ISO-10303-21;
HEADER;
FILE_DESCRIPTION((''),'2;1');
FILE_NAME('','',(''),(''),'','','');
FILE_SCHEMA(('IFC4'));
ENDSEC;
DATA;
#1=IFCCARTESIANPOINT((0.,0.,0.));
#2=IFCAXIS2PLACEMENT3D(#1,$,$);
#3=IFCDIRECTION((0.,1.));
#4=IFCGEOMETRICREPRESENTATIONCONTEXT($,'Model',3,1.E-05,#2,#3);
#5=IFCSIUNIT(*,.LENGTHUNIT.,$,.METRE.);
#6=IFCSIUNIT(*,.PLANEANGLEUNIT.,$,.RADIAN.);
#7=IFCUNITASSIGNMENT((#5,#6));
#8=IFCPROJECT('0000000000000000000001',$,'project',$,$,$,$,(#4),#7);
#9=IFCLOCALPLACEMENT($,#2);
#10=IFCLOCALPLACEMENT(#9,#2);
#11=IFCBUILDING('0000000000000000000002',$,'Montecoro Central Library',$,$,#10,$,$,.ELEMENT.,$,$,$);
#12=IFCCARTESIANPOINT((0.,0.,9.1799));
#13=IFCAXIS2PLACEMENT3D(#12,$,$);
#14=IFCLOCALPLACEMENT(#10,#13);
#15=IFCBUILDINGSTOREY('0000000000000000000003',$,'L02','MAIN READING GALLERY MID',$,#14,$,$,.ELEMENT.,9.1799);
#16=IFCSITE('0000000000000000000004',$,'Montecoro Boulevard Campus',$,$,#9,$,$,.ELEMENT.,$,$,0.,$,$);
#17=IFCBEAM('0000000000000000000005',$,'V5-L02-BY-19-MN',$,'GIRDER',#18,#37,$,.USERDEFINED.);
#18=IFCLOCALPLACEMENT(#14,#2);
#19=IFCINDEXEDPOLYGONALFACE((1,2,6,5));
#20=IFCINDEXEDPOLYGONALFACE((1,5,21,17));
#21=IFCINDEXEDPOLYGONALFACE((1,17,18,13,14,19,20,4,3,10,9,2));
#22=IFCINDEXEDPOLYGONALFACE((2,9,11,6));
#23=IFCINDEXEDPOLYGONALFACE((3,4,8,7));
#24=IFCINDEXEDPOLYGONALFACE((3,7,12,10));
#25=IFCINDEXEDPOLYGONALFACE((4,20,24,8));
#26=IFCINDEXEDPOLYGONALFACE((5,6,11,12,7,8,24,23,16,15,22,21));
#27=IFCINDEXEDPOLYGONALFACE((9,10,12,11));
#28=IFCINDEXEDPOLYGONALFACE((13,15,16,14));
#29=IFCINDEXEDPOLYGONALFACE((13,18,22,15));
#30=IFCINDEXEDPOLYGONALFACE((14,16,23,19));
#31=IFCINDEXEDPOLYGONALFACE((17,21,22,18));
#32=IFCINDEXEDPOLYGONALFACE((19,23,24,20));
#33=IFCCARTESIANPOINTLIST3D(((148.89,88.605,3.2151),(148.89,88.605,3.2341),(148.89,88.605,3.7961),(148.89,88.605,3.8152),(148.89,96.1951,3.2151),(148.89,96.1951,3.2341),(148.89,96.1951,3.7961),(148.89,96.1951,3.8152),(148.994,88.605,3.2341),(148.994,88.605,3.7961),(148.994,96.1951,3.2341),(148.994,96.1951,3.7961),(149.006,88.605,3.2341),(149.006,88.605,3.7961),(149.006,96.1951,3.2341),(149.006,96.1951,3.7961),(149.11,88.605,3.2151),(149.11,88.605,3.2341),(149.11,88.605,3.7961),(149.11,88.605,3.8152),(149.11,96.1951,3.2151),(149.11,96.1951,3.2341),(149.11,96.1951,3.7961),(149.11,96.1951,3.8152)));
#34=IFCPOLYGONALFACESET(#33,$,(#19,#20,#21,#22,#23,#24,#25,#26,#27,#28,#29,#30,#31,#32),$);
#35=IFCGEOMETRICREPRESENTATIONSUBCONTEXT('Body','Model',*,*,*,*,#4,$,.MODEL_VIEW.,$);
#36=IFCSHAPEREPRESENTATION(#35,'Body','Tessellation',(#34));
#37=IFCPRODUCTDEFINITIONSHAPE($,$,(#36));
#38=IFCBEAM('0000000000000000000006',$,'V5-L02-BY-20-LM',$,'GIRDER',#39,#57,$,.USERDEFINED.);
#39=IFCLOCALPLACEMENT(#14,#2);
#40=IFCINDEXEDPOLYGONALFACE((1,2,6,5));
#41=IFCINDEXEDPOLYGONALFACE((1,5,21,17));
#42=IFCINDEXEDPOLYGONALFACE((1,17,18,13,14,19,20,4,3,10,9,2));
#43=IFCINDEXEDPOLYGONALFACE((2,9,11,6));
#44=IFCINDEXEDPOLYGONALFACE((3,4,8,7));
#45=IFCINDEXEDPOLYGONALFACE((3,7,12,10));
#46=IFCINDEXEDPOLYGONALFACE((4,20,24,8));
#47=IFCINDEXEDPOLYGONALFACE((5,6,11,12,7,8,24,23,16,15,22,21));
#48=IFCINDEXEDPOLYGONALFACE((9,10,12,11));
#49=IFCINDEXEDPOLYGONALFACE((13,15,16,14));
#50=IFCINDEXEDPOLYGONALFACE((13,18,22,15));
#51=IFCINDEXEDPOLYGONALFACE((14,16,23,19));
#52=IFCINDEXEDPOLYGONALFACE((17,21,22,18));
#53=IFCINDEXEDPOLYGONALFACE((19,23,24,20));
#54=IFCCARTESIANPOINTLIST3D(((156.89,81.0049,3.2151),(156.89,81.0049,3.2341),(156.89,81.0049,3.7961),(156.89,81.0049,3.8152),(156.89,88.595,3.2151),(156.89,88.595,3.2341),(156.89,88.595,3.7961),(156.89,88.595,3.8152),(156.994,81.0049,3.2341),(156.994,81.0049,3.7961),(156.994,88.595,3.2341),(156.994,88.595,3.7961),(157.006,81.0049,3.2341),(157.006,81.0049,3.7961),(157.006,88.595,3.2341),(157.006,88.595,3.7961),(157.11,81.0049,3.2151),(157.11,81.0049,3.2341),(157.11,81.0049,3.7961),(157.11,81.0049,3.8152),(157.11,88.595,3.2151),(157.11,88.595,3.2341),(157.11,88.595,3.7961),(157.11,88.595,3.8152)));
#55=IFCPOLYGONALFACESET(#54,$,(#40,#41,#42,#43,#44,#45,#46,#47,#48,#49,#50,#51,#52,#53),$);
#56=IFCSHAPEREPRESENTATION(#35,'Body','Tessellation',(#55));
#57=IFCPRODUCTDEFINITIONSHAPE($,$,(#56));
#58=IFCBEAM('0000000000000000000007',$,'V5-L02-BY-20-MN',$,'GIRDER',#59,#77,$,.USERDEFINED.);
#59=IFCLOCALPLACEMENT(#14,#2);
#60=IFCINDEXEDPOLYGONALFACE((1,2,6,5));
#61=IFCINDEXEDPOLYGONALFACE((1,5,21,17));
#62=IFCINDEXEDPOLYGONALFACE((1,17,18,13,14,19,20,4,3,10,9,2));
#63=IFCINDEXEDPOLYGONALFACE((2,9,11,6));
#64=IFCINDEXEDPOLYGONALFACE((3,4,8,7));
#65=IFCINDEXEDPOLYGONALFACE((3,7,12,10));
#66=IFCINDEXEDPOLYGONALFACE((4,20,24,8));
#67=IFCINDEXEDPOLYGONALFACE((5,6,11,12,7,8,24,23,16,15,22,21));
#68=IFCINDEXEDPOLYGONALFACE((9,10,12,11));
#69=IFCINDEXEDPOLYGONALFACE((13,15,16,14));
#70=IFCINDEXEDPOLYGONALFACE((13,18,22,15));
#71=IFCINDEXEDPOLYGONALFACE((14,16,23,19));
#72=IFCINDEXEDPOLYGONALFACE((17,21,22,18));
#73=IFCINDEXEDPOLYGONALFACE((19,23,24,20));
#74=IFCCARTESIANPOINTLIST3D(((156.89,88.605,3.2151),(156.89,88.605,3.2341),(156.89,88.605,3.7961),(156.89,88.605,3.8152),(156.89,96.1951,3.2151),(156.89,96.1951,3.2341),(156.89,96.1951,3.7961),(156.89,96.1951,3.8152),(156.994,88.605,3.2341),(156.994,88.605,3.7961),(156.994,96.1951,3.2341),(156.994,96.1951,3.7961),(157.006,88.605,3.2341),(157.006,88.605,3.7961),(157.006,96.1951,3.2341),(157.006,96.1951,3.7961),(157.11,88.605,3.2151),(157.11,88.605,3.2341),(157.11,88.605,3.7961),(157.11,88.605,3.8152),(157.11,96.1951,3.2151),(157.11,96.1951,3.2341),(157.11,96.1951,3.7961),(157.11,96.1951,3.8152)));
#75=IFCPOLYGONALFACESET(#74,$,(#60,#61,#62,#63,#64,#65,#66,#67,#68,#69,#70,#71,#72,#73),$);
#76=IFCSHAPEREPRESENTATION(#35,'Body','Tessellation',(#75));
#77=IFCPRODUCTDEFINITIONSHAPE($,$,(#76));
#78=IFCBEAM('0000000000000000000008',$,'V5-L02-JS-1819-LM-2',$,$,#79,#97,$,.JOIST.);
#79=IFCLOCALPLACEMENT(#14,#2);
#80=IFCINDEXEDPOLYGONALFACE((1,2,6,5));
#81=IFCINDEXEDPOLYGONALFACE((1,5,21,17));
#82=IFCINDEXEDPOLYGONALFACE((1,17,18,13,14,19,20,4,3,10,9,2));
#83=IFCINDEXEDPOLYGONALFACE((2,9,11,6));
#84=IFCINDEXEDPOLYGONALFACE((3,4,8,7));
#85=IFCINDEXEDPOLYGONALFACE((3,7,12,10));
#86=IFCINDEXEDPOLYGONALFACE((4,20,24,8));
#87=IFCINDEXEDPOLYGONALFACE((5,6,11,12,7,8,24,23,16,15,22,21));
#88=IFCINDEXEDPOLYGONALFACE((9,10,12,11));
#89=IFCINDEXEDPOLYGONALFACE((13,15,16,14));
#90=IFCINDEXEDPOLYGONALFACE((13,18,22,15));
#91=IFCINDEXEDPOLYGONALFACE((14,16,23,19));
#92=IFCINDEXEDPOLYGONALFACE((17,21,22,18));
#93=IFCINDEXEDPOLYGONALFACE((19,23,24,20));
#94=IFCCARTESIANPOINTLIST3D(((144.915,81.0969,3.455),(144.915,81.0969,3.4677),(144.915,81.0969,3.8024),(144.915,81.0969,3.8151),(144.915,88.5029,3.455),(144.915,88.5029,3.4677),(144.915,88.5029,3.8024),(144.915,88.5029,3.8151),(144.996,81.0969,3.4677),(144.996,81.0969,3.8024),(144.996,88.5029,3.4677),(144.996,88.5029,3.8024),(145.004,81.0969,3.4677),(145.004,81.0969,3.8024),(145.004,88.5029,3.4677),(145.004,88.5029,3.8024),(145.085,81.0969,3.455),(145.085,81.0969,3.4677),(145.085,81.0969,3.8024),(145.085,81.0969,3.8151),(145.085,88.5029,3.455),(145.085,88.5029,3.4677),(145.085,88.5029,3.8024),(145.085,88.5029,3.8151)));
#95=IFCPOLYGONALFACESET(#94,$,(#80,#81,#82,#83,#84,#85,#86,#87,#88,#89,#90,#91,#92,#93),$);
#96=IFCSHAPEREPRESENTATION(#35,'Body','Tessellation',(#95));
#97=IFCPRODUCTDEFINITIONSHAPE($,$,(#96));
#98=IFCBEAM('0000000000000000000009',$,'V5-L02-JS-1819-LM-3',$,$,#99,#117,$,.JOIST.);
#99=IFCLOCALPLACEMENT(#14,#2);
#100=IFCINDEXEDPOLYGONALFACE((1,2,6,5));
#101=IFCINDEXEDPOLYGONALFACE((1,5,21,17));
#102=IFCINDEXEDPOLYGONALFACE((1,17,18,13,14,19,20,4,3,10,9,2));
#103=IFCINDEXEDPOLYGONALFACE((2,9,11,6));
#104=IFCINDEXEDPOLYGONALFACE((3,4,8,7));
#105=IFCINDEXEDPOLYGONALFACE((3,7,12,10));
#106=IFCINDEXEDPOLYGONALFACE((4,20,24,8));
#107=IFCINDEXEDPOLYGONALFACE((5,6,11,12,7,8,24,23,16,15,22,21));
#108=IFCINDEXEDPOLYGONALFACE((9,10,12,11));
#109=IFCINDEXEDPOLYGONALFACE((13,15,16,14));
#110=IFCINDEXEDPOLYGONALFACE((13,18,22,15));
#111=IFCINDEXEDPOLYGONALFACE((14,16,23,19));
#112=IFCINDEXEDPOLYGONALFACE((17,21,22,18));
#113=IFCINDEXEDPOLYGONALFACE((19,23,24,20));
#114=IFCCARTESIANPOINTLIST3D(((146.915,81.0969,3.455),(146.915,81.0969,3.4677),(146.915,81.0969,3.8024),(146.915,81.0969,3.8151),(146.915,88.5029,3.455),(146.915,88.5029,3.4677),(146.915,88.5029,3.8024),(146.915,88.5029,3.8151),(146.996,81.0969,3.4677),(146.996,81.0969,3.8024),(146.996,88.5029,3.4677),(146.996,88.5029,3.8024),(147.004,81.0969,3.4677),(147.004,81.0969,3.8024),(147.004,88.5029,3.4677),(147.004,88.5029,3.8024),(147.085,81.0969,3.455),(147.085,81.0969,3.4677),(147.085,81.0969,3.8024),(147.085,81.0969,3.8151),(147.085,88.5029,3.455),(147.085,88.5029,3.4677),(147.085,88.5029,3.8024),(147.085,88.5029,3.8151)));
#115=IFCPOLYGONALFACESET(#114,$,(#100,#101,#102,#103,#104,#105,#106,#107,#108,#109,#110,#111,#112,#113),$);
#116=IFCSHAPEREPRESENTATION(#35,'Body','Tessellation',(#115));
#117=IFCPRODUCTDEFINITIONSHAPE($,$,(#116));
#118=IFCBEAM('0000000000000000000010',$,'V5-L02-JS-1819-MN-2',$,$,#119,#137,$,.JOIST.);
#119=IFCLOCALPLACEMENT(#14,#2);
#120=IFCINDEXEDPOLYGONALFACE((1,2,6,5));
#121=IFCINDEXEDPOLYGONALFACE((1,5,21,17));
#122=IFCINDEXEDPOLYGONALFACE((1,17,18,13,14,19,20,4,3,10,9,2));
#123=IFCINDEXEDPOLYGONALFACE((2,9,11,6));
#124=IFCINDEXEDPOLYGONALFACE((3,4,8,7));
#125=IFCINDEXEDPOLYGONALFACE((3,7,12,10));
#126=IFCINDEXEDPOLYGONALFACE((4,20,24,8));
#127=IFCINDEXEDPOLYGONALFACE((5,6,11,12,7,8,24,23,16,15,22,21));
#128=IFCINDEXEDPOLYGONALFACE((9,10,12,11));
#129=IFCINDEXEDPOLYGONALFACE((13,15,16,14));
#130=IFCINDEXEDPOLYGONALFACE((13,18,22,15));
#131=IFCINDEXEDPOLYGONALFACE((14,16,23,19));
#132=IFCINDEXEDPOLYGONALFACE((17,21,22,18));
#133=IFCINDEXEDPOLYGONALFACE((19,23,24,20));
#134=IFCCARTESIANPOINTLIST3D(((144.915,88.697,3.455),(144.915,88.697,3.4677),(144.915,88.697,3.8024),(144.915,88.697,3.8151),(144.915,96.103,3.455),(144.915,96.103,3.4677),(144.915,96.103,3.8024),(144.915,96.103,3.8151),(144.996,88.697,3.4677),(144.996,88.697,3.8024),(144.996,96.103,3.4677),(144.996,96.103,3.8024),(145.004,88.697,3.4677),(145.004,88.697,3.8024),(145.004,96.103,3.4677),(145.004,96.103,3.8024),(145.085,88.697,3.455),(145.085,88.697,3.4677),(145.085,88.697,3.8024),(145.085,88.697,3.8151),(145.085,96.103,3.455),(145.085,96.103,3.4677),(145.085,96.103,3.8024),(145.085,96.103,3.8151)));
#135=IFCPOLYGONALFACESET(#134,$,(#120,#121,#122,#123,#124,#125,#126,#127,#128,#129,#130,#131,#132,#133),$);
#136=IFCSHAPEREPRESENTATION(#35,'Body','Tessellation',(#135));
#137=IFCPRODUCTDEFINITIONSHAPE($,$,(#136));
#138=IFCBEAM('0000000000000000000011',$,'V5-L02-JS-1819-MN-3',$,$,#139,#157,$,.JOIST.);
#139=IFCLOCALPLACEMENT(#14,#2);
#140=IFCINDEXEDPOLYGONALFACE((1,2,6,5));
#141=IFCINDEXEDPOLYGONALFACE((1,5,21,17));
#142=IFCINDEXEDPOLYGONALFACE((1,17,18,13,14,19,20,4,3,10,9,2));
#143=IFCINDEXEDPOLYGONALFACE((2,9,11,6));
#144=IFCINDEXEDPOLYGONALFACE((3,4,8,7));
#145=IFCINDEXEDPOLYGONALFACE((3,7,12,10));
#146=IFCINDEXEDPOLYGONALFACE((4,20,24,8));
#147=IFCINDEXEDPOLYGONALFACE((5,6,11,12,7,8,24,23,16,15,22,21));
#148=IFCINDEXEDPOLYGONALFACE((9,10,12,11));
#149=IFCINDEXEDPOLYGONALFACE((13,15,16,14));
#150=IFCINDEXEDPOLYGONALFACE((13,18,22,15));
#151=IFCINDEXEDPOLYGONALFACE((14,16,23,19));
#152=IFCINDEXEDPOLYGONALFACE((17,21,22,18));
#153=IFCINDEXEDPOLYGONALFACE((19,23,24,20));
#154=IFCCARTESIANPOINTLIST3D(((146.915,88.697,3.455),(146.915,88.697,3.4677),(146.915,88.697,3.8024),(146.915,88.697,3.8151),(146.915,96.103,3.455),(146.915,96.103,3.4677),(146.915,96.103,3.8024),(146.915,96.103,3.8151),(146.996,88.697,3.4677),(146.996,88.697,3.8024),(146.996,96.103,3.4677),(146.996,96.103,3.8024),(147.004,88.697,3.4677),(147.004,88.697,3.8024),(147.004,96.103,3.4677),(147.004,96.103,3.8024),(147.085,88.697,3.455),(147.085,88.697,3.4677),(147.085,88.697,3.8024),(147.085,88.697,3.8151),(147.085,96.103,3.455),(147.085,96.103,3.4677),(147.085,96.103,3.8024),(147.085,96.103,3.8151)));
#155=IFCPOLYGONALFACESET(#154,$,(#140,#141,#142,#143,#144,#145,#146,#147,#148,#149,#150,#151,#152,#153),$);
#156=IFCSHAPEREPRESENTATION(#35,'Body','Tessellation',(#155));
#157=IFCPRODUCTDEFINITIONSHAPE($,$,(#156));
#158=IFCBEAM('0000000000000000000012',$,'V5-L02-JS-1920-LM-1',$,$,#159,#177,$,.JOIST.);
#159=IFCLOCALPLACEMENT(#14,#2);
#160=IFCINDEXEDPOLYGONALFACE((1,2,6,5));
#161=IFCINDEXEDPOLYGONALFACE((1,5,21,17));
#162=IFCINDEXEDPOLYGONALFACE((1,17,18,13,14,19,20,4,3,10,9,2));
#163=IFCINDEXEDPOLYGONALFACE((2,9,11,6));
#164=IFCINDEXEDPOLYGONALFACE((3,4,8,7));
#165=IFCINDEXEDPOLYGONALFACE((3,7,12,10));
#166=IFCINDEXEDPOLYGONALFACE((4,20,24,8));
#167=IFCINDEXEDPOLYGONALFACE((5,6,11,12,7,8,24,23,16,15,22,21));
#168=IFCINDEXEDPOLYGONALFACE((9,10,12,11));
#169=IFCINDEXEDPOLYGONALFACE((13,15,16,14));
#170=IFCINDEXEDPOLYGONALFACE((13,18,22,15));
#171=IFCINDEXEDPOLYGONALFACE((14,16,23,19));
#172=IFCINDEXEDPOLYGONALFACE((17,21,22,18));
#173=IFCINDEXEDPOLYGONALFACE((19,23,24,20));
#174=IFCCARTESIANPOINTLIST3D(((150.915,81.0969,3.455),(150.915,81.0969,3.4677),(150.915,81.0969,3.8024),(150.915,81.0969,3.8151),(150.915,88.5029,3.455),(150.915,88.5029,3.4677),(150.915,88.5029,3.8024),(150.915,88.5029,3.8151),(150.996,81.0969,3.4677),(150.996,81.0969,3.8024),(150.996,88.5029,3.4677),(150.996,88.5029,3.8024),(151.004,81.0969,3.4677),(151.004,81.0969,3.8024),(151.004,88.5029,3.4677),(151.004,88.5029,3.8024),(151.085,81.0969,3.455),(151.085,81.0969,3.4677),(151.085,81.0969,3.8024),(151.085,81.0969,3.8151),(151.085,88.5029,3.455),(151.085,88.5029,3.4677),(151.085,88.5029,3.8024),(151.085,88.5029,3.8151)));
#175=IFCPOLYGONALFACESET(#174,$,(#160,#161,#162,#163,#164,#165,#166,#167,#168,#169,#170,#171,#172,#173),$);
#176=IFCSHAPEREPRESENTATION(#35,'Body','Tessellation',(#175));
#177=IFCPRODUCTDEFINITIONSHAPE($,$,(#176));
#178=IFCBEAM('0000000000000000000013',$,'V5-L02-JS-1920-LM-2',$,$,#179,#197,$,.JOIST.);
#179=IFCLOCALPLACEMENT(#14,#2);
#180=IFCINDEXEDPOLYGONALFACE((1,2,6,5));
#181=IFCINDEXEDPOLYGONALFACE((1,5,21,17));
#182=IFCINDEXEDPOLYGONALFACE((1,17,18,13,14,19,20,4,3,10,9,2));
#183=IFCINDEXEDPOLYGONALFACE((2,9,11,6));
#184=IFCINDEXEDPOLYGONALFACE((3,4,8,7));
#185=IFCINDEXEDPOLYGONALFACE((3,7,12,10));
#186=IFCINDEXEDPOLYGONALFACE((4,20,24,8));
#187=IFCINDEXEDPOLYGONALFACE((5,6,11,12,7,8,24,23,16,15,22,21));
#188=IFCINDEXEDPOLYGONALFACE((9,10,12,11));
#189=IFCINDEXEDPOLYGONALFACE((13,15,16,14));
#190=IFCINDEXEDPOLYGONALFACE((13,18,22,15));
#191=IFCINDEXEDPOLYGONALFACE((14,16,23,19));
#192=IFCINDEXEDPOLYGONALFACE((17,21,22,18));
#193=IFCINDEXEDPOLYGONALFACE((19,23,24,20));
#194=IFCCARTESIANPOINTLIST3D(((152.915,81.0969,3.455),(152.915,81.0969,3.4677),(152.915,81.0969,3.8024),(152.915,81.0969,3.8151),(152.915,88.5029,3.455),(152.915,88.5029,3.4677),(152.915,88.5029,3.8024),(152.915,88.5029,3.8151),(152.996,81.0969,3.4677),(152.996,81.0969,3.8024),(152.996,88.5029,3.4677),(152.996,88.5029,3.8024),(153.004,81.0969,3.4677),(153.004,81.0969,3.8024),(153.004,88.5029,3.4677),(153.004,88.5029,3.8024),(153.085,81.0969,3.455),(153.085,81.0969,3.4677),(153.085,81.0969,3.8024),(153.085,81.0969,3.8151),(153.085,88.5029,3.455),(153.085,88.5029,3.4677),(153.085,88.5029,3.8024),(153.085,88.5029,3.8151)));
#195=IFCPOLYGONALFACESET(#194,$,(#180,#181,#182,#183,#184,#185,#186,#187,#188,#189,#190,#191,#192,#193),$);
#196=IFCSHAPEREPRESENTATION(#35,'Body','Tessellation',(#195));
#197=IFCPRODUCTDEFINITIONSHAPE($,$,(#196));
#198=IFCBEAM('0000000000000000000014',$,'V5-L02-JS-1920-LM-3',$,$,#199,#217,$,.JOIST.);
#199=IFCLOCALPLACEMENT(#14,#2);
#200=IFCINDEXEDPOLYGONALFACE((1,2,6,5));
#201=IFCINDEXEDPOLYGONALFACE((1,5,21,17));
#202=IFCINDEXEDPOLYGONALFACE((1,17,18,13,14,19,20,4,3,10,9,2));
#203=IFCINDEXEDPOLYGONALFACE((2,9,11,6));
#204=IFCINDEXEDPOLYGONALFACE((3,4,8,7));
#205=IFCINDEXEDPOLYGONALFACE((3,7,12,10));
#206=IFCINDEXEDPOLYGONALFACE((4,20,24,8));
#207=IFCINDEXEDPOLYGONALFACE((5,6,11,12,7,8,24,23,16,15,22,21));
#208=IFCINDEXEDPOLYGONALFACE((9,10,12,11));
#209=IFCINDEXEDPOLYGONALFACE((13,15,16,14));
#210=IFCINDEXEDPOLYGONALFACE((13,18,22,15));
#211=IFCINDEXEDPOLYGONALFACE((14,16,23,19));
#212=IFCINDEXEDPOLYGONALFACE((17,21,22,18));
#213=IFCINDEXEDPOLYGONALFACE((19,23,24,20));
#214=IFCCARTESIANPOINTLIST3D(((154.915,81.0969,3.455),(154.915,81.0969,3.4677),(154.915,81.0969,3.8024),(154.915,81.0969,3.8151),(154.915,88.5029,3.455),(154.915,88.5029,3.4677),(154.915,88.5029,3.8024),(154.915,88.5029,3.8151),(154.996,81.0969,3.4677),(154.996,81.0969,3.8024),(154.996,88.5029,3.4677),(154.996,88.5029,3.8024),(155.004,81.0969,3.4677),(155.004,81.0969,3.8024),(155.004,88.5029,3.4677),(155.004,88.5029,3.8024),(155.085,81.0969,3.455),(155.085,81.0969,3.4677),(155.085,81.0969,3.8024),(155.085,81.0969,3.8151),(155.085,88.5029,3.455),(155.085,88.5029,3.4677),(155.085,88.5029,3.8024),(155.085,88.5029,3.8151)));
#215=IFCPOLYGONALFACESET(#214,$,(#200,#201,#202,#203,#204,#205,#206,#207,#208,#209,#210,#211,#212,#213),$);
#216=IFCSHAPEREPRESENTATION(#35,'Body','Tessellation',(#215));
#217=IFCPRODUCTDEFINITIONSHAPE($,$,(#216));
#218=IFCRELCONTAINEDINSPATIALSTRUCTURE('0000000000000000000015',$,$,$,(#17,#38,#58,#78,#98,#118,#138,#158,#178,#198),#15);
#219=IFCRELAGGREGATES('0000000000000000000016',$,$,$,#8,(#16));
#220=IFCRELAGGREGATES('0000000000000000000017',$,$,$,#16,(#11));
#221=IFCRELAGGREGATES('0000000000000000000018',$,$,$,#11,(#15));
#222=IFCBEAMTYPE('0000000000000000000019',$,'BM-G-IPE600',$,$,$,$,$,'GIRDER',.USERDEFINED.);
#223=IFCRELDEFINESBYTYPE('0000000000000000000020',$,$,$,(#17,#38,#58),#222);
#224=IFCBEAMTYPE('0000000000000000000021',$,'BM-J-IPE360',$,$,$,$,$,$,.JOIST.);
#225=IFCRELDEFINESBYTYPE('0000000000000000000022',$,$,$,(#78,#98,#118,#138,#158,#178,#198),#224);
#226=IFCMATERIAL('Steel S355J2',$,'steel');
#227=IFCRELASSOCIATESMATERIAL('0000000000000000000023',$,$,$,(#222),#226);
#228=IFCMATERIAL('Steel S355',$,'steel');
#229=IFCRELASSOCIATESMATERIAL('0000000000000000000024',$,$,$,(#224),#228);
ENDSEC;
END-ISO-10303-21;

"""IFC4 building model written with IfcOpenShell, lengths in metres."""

from ifc_helpers import new_model, si_unit, direction, frame, origin, origin_2d, place, context, subcontext, project, spatial, i_section, extrude, material, material_profile, profile_set, type_object, element, save


model = new_model("IFC4")

# Units and contexts
model_context = context("Model", 3, precision=1e-05, world=origin(), true_north=direction((0.0, 1.0)))
body_context = subcontext(model_context, "Body", "Model", "MODEL_VIEW")
ifc_project = project(units=[si_unit("LENGTHUNIT", "METRE"), si_unit("PLANEANGLEUNIT", "RADIAN")], contexts=[model_context])

# Site, building, storey
site_placement = place(None, origin())
site = spatial("IfcSite", under=ifc_project, at=site_placement, Name="Montecoro Boulevard Campus", CompositionType="ELEMENT", RefElevation=0.0)
building_placement = place(site_placement, origin())
building = spatial("IfcBuilding", under=site, at=building_placement, Name="Montecoro Central Library", CompositionType="ELEMENT")
storey_placement = place(building_placement, frame((0.0, 0.0, 9.1799)))
storey = spatial("IfcBuildingStorey", under=building, at=storey_placement, Name="L02", Description="MAIN READING GALLERY MID", CompositionType="ELEMENT", Elevation=9.1799)

# Shared definitions
ifc_material_1 = material(Name="Steel S355J2", Category="steel")

# Beams
ifc_material_2 = material(Name="Steel S355", Category="steel")
ifc_material_profile_1 = material_profile(ifc_material_1, i_section(OverallWidth=0.22, OverallDepth=0.6001, WebThickness=0.012, FlangeThickness=0.019, at=origin_2d()), Name="IPE 600")
ifc_profile_set_1 = profile_set([ifc_material_profile_1], Name="Steel S355J2")
beam_type_1 = type_object("IfcBeamType", Name="BM-G-IPE600", ElementType="GIRDER", PredefinedType="USERDEFINED", material=ifc_profile_set_1)
for number, where, z_axis, x_axis, name in (
    (1, (149.0, 88.605, 3.5151), (0.0, 1.0, 0.0), (-1.0, 0.0, 0.0), "V5-L02-BY-19-MN"),
    (2, (157.0, 81.0049, 3.5151), (0.0, 1.0, 0.0), (-1.0, 0.0, 0.0), "V5-L02-BY-20-LM"),
    (3, (157.0, 88.605, 3.5151), (0.0, 1.0, 0.0), (-1.0, 0.0, 0.0), "V5-L02-BY-20-MN"),
):
    element("IfcBeam", number, at=place(storey_placement, frame(where, z_axis=z_axis, x_axis=x_axis)), inside=storey, type_object=beam_type_1, Name=name, ObjectType="GIRDER", PredefinedType="USERDEFINED", context=body_context, shape_type="SweptSolid", body=[
        extrude(i_section(OverallWidth=0.22, OverallDepth=0.6001, WebThickness=0.012, FlangeThickness=0.019, at=origin_2d()), origin(), (0.0, 0.0, 1.0), 7.5901),
    ])
ifc_material_profile_2 = material_profile(ifc_material_2, i_section(OverallWidth=0.1699, OverallDepth=0.3601, WebThickness=0.0081, FlangeThickness=0.0127, at=origin_2d()), Name="IPE 360")
ifc_profile_set_2 = profile_set([ifc_material_profile_2], Name="Steel S355")
beam_type_2 = type_object("IfcBeamType", Name="BM-J-IPE360", PredefinedType="JOIST", material=ifc_profile_set_2)
for number, where, z_axis, x_axis, name in (
    (4, (145.0, 81.0969, 3.635), (0.0, 1.0, 0.0), (-1.0, 0.0, 0.0), "V5-L02-JS-1819-LM-2"),
    (5, (147.0, 81.0969, 3.635), (0.0, 1.0, 0.0), (-1.0, 0.0, 0.0), "V5-L02-JS-1819-LM-3"),
    (6, (145.0, 88.697, 3.635), (0.0, 1.0, 0.0), (-1.0, 0.0, 0.0), "V5-L02-JS-1819-MN-2"),
    (7, (147.0, 88.697, 3.635), (0.0, 1.0, 0.0), (-1.0, 0.0, 0.0), "V5-L02-JS-1819-MN-3"),
    (8, (151.0, 81.0969, 3.635), (0.0, 1.0, 0.0), (-1.0, 0.0, 0.0), "V5-L02-JS-1920-LM-1"),
    (9, (153.0, 81.0969, 3.635), (0.0, 1.0, 0.0), (-1.0, 0.0, 0.0), "V5-L02-JS-1920-LM-2"),
    (10, (155.0, 81.0969, 3.635), (0.0, 1.0, 0.0), (-1.0, 0.0, 0.0), "V5-L02-JS-1920-LM-3"),
):
    element("IfcBeam", number, at=place(storey_placement, frame(where, z_axis=z_axis, x_axis=x_axis)), inside=storey, type_object=beam_type_2, Name=name, PredefinedType="JOIST", context=body_context, shape_type="SweptSolid", body=[
        extrude(i_section(OverallWidth=0.1699, OverallDepth=0.3601, WebThickness=0.0081, FlangeThickness=0.0127, at=origin_2d()), origin(), (0.0, 0.0, 1.0), 7.406),
    ])

save(model, "model.ifc")
